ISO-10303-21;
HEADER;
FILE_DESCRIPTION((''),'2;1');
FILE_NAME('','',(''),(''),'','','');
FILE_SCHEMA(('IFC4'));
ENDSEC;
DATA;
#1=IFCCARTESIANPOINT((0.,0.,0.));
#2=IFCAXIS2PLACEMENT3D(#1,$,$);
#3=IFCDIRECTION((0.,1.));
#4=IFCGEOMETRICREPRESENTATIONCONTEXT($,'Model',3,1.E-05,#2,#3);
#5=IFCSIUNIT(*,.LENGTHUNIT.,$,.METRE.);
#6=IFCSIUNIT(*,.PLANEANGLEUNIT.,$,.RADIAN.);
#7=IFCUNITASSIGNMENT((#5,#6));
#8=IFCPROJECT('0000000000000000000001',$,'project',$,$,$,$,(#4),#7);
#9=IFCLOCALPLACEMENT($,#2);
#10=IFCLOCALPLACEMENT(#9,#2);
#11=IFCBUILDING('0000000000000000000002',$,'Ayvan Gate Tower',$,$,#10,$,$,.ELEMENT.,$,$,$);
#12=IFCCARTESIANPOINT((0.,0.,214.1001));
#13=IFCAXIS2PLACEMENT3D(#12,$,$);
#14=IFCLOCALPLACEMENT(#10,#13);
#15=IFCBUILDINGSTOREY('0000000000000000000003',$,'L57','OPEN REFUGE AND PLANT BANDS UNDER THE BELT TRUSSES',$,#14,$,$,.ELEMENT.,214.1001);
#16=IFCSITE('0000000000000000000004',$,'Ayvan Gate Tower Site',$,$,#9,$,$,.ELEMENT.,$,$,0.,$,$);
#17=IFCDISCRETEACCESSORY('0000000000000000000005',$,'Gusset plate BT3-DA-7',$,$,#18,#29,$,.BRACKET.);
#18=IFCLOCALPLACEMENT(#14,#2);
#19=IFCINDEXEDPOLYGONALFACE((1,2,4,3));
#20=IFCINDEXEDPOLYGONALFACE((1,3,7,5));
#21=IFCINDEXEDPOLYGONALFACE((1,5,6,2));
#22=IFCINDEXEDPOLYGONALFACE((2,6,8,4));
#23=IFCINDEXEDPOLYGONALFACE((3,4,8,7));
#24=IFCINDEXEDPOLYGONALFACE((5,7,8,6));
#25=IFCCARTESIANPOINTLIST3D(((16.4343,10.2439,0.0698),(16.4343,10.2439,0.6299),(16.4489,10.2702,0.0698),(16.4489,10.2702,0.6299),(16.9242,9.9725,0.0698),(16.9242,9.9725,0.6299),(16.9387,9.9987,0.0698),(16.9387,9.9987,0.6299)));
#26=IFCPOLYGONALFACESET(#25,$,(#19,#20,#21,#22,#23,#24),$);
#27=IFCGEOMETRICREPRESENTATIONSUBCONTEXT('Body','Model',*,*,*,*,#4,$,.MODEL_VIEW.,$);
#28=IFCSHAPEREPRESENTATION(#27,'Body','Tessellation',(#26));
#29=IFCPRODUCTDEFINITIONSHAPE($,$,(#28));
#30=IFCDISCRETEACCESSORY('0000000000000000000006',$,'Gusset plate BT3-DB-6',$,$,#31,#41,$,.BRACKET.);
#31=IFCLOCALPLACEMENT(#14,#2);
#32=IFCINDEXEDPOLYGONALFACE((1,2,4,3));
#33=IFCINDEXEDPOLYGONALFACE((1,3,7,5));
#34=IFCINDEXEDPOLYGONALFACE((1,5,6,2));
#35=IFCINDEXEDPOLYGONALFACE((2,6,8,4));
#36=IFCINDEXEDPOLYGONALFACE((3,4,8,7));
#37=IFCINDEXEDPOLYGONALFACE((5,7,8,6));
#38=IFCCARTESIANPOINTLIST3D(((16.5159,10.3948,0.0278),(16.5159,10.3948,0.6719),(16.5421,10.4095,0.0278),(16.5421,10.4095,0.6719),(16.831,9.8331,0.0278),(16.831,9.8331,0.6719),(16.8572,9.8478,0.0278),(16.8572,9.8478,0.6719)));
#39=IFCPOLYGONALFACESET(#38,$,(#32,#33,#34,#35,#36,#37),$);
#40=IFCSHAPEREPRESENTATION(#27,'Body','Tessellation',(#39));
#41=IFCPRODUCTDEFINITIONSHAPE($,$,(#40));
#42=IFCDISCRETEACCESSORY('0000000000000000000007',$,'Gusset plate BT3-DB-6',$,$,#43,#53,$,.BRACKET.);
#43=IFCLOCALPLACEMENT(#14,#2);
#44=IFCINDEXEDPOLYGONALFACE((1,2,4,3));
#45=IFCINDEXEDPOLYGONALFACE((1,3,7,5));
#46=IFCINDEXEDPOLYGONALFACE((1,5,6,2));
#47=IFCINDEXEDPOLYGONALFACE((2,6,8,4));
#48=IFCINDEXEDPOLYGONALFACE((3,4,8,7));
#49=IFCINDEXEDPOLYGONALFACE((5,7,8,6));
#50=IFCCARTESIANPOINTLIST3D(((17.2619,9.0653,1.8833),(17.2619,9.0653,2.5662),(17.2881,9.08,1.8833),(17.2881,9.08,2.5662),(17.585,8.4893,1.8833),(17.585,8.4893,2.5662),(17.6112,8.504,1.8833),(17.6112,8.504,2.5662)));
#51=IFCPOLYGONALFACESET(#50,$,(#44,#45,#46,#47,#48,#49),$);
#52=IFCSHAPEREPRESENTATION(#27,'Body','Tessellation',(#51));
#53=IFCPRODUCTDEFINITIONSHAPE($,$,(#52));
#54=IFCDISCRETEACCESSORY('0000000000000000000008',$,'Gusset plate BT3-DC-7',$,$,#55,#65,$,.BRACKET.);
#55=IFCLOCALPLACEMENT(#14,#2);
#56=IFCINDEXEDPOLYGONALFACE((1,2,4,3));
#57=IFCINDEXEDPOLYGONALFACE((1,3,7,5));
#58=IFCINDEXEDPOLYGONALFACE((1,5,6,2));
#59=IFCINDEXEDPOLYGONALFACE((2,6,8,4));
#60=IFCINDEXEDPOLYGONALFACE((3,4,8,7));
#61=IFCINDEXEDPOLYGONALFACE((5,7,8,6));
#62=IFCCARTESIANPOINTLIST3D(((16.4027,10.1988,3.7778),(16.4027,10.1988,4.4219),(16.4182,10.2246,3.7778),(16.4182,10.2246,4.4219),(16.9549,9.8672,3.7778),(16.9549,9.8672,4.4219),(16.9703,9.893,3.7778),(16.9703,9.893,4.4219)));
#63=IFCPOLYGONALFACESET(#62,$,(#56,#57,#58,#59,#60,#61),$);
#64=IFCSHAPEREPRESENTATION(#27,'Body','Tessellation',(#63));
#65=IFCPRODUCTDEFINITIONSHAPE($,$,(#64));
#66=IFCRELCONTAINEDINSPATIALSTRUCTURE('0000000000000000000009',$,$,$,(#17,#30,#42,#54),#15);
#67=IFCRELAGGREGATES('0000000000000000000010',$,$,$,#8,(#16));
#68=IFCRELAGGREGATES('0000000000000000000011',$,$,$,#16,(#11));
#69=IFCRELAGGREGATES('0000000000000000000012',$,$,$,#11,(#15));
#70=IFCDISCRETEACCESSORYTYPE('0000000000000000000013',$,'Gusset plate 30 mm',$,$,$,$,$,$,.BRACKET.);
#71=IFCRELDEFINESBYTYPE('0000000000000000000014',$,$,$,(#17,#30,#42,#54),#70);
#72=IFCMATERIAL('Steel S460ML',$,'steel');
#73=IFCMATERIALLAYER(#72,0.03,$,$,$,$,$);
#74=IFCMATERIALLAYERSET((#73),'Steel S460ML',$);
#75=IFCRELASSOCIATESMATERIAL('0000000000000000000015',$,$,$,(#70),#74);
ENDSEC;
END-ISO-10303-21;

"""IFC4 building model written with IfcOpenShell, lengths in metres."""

from ifc_helpers import new_model, si_unit, direction, frame, origin, origin_2d, place, context, subcontext, project, spatial, rectangle, extrude, material, layer, layer_set, type_object, element, save


model = new_model("IFC4")

# Units and contexts
model_context = context("Model", 3, precision=1e-05, world=origin(), true_north=direction((0.0, 1.0)))
body_context = subcontext(model_context, "Body", "Model", "MODEL_VIEW")
ifc_project = project(units=[si_unit("LENGTHUNIT", "METRE"), si_unit("PLANEANGLEUNIT", "RADIAN")], contexts=[model_context])

# Site, building, storey
site_placement = place(None, origin())
site = spatial("IfcSite", under=ifc_project, at=site_placement, Name="Ayvan Gate Tower Site", CompositionType="ELEMENT", RefElevation=0.0)
building_placement = place(site_placement, origin())
building = spatial("IfcBuilding", under=site, at=building_placement, Name="Ayvan Gate Tower", CompositionType="ELEMENT")
storey_placement = place(building_placement, frame((0.0, 0.0, 214.1001)))
storey = spatial("IfcBuildingStorey", under=building, at=storey_placement, Name="L57", Description="OPEN REFUGE AND PLANT BANDS UNDER THE BELT TRUSSES", CompositionType="ELEMENT", Elevation=214.1001)

# Shared definitions
ifc_material_1 = material(Name="Steel S460ML", Category="steel")

# Discrete accessories
ifc_layer_1 = layer(ifc_material_1, 0.03)
ifc_layer_set_1 = layer_set([ifc_layer_1], Name="Steel S460ML")
discrete_accessory_type = type_object("IfcDiscreteAccessoryType", Name="Gusset plate 30 mm", PredefinedType="BRACKET", material=ifc_layer_set_1)
for number, where, z_axis, x_axis, name in (
    (1, (16.6865, 10.1213, 0.0698), (0.0, 0.0, 1.0), (-0.874657, 0.484742, 0.0), "Gusset plate BT3-DA-7"),
):
    element("IfcDiscreteAccessory", number, at=place(storey_placement, frame(where, z_axis=z_axis, x_axis=x_axis)), inside=storey, type_object=discrete_accessory_type, Name=name, PredefinedType="BRACKET", context=body_context, shape_type="SweptSolid", body=[
        extrude(rectangle(XDim=0.5601, YDim=0.03, at=origin_2d()), origin(), (0.0, 0.0, 1.0), 0.5601),
    ])
discrete_accessory_1_placement = place(storey_placement, frame((16.6865, 10.1213, 0.0278), z_axis=(0.0, 0.0, 1.0), x_axis=(-0.489287, 0.872123, 0.0)))
element("IfcDiscreteAccessory", 2, at=discrete_accessory_1_placement, inside=storey, type_object=discrete_accessory_type, Name="Gusset plate BT3-DB-6", PredefinedType="BRACKET", context=body_context, shape_type="SweptSolid", body=[
    extrude(rectangle(XDim=0.644, YDim=0.03, at=origin_2d()), origin(), (0.0, 0.0, 1.0), 0.644),
])
discrete_accessory_2_placement = place(storey_placement, frame((17.4365, 8.7847, 1.8833), z_axis=(0.0, 0.0, 1.0), x_axis=(-0.489287, 0.872123, 0.0)))
element("IfcDiscreteAccessory", 3, at=discrete_accessory_2_placement, inside=storey, type_object=discrete_accessory_type, Name="Gusset plate BT3-DB-6", PredefinedType="BRACKET", context=body_context, shape_type="SweptSolid", body=[
    extrude(rectangle(XDim=0.6604, YDim=0.03, at=origin_2d()), origin(), (0.0, 0.0, 1.0), 0.6829),
])
discrete_accessory_3_placement = place(storey_placement, frame((16.6865, 10.0459, 3.7778), z_axis=(0.0, 0.0, 1.0), x_axis=(-0.857272, 0.514865, 0.0)))
element("IfcDiscreteAccessory", 4, at=discrete_accessory_3_placement, inside=storey, type_object=discrete_accessory_type, Name="Gusset plate BT3-DC-7", PredefinedType="BRACKET", context=body_context, shape_type="SweptSolid", body=[
    extrude(rectangle(XDim=0.644, YDim=0.03, at=origin_2d()), origin(), (0.0, 0.0, 1.0), 0.644),
])

save(model, "model.ifc")
